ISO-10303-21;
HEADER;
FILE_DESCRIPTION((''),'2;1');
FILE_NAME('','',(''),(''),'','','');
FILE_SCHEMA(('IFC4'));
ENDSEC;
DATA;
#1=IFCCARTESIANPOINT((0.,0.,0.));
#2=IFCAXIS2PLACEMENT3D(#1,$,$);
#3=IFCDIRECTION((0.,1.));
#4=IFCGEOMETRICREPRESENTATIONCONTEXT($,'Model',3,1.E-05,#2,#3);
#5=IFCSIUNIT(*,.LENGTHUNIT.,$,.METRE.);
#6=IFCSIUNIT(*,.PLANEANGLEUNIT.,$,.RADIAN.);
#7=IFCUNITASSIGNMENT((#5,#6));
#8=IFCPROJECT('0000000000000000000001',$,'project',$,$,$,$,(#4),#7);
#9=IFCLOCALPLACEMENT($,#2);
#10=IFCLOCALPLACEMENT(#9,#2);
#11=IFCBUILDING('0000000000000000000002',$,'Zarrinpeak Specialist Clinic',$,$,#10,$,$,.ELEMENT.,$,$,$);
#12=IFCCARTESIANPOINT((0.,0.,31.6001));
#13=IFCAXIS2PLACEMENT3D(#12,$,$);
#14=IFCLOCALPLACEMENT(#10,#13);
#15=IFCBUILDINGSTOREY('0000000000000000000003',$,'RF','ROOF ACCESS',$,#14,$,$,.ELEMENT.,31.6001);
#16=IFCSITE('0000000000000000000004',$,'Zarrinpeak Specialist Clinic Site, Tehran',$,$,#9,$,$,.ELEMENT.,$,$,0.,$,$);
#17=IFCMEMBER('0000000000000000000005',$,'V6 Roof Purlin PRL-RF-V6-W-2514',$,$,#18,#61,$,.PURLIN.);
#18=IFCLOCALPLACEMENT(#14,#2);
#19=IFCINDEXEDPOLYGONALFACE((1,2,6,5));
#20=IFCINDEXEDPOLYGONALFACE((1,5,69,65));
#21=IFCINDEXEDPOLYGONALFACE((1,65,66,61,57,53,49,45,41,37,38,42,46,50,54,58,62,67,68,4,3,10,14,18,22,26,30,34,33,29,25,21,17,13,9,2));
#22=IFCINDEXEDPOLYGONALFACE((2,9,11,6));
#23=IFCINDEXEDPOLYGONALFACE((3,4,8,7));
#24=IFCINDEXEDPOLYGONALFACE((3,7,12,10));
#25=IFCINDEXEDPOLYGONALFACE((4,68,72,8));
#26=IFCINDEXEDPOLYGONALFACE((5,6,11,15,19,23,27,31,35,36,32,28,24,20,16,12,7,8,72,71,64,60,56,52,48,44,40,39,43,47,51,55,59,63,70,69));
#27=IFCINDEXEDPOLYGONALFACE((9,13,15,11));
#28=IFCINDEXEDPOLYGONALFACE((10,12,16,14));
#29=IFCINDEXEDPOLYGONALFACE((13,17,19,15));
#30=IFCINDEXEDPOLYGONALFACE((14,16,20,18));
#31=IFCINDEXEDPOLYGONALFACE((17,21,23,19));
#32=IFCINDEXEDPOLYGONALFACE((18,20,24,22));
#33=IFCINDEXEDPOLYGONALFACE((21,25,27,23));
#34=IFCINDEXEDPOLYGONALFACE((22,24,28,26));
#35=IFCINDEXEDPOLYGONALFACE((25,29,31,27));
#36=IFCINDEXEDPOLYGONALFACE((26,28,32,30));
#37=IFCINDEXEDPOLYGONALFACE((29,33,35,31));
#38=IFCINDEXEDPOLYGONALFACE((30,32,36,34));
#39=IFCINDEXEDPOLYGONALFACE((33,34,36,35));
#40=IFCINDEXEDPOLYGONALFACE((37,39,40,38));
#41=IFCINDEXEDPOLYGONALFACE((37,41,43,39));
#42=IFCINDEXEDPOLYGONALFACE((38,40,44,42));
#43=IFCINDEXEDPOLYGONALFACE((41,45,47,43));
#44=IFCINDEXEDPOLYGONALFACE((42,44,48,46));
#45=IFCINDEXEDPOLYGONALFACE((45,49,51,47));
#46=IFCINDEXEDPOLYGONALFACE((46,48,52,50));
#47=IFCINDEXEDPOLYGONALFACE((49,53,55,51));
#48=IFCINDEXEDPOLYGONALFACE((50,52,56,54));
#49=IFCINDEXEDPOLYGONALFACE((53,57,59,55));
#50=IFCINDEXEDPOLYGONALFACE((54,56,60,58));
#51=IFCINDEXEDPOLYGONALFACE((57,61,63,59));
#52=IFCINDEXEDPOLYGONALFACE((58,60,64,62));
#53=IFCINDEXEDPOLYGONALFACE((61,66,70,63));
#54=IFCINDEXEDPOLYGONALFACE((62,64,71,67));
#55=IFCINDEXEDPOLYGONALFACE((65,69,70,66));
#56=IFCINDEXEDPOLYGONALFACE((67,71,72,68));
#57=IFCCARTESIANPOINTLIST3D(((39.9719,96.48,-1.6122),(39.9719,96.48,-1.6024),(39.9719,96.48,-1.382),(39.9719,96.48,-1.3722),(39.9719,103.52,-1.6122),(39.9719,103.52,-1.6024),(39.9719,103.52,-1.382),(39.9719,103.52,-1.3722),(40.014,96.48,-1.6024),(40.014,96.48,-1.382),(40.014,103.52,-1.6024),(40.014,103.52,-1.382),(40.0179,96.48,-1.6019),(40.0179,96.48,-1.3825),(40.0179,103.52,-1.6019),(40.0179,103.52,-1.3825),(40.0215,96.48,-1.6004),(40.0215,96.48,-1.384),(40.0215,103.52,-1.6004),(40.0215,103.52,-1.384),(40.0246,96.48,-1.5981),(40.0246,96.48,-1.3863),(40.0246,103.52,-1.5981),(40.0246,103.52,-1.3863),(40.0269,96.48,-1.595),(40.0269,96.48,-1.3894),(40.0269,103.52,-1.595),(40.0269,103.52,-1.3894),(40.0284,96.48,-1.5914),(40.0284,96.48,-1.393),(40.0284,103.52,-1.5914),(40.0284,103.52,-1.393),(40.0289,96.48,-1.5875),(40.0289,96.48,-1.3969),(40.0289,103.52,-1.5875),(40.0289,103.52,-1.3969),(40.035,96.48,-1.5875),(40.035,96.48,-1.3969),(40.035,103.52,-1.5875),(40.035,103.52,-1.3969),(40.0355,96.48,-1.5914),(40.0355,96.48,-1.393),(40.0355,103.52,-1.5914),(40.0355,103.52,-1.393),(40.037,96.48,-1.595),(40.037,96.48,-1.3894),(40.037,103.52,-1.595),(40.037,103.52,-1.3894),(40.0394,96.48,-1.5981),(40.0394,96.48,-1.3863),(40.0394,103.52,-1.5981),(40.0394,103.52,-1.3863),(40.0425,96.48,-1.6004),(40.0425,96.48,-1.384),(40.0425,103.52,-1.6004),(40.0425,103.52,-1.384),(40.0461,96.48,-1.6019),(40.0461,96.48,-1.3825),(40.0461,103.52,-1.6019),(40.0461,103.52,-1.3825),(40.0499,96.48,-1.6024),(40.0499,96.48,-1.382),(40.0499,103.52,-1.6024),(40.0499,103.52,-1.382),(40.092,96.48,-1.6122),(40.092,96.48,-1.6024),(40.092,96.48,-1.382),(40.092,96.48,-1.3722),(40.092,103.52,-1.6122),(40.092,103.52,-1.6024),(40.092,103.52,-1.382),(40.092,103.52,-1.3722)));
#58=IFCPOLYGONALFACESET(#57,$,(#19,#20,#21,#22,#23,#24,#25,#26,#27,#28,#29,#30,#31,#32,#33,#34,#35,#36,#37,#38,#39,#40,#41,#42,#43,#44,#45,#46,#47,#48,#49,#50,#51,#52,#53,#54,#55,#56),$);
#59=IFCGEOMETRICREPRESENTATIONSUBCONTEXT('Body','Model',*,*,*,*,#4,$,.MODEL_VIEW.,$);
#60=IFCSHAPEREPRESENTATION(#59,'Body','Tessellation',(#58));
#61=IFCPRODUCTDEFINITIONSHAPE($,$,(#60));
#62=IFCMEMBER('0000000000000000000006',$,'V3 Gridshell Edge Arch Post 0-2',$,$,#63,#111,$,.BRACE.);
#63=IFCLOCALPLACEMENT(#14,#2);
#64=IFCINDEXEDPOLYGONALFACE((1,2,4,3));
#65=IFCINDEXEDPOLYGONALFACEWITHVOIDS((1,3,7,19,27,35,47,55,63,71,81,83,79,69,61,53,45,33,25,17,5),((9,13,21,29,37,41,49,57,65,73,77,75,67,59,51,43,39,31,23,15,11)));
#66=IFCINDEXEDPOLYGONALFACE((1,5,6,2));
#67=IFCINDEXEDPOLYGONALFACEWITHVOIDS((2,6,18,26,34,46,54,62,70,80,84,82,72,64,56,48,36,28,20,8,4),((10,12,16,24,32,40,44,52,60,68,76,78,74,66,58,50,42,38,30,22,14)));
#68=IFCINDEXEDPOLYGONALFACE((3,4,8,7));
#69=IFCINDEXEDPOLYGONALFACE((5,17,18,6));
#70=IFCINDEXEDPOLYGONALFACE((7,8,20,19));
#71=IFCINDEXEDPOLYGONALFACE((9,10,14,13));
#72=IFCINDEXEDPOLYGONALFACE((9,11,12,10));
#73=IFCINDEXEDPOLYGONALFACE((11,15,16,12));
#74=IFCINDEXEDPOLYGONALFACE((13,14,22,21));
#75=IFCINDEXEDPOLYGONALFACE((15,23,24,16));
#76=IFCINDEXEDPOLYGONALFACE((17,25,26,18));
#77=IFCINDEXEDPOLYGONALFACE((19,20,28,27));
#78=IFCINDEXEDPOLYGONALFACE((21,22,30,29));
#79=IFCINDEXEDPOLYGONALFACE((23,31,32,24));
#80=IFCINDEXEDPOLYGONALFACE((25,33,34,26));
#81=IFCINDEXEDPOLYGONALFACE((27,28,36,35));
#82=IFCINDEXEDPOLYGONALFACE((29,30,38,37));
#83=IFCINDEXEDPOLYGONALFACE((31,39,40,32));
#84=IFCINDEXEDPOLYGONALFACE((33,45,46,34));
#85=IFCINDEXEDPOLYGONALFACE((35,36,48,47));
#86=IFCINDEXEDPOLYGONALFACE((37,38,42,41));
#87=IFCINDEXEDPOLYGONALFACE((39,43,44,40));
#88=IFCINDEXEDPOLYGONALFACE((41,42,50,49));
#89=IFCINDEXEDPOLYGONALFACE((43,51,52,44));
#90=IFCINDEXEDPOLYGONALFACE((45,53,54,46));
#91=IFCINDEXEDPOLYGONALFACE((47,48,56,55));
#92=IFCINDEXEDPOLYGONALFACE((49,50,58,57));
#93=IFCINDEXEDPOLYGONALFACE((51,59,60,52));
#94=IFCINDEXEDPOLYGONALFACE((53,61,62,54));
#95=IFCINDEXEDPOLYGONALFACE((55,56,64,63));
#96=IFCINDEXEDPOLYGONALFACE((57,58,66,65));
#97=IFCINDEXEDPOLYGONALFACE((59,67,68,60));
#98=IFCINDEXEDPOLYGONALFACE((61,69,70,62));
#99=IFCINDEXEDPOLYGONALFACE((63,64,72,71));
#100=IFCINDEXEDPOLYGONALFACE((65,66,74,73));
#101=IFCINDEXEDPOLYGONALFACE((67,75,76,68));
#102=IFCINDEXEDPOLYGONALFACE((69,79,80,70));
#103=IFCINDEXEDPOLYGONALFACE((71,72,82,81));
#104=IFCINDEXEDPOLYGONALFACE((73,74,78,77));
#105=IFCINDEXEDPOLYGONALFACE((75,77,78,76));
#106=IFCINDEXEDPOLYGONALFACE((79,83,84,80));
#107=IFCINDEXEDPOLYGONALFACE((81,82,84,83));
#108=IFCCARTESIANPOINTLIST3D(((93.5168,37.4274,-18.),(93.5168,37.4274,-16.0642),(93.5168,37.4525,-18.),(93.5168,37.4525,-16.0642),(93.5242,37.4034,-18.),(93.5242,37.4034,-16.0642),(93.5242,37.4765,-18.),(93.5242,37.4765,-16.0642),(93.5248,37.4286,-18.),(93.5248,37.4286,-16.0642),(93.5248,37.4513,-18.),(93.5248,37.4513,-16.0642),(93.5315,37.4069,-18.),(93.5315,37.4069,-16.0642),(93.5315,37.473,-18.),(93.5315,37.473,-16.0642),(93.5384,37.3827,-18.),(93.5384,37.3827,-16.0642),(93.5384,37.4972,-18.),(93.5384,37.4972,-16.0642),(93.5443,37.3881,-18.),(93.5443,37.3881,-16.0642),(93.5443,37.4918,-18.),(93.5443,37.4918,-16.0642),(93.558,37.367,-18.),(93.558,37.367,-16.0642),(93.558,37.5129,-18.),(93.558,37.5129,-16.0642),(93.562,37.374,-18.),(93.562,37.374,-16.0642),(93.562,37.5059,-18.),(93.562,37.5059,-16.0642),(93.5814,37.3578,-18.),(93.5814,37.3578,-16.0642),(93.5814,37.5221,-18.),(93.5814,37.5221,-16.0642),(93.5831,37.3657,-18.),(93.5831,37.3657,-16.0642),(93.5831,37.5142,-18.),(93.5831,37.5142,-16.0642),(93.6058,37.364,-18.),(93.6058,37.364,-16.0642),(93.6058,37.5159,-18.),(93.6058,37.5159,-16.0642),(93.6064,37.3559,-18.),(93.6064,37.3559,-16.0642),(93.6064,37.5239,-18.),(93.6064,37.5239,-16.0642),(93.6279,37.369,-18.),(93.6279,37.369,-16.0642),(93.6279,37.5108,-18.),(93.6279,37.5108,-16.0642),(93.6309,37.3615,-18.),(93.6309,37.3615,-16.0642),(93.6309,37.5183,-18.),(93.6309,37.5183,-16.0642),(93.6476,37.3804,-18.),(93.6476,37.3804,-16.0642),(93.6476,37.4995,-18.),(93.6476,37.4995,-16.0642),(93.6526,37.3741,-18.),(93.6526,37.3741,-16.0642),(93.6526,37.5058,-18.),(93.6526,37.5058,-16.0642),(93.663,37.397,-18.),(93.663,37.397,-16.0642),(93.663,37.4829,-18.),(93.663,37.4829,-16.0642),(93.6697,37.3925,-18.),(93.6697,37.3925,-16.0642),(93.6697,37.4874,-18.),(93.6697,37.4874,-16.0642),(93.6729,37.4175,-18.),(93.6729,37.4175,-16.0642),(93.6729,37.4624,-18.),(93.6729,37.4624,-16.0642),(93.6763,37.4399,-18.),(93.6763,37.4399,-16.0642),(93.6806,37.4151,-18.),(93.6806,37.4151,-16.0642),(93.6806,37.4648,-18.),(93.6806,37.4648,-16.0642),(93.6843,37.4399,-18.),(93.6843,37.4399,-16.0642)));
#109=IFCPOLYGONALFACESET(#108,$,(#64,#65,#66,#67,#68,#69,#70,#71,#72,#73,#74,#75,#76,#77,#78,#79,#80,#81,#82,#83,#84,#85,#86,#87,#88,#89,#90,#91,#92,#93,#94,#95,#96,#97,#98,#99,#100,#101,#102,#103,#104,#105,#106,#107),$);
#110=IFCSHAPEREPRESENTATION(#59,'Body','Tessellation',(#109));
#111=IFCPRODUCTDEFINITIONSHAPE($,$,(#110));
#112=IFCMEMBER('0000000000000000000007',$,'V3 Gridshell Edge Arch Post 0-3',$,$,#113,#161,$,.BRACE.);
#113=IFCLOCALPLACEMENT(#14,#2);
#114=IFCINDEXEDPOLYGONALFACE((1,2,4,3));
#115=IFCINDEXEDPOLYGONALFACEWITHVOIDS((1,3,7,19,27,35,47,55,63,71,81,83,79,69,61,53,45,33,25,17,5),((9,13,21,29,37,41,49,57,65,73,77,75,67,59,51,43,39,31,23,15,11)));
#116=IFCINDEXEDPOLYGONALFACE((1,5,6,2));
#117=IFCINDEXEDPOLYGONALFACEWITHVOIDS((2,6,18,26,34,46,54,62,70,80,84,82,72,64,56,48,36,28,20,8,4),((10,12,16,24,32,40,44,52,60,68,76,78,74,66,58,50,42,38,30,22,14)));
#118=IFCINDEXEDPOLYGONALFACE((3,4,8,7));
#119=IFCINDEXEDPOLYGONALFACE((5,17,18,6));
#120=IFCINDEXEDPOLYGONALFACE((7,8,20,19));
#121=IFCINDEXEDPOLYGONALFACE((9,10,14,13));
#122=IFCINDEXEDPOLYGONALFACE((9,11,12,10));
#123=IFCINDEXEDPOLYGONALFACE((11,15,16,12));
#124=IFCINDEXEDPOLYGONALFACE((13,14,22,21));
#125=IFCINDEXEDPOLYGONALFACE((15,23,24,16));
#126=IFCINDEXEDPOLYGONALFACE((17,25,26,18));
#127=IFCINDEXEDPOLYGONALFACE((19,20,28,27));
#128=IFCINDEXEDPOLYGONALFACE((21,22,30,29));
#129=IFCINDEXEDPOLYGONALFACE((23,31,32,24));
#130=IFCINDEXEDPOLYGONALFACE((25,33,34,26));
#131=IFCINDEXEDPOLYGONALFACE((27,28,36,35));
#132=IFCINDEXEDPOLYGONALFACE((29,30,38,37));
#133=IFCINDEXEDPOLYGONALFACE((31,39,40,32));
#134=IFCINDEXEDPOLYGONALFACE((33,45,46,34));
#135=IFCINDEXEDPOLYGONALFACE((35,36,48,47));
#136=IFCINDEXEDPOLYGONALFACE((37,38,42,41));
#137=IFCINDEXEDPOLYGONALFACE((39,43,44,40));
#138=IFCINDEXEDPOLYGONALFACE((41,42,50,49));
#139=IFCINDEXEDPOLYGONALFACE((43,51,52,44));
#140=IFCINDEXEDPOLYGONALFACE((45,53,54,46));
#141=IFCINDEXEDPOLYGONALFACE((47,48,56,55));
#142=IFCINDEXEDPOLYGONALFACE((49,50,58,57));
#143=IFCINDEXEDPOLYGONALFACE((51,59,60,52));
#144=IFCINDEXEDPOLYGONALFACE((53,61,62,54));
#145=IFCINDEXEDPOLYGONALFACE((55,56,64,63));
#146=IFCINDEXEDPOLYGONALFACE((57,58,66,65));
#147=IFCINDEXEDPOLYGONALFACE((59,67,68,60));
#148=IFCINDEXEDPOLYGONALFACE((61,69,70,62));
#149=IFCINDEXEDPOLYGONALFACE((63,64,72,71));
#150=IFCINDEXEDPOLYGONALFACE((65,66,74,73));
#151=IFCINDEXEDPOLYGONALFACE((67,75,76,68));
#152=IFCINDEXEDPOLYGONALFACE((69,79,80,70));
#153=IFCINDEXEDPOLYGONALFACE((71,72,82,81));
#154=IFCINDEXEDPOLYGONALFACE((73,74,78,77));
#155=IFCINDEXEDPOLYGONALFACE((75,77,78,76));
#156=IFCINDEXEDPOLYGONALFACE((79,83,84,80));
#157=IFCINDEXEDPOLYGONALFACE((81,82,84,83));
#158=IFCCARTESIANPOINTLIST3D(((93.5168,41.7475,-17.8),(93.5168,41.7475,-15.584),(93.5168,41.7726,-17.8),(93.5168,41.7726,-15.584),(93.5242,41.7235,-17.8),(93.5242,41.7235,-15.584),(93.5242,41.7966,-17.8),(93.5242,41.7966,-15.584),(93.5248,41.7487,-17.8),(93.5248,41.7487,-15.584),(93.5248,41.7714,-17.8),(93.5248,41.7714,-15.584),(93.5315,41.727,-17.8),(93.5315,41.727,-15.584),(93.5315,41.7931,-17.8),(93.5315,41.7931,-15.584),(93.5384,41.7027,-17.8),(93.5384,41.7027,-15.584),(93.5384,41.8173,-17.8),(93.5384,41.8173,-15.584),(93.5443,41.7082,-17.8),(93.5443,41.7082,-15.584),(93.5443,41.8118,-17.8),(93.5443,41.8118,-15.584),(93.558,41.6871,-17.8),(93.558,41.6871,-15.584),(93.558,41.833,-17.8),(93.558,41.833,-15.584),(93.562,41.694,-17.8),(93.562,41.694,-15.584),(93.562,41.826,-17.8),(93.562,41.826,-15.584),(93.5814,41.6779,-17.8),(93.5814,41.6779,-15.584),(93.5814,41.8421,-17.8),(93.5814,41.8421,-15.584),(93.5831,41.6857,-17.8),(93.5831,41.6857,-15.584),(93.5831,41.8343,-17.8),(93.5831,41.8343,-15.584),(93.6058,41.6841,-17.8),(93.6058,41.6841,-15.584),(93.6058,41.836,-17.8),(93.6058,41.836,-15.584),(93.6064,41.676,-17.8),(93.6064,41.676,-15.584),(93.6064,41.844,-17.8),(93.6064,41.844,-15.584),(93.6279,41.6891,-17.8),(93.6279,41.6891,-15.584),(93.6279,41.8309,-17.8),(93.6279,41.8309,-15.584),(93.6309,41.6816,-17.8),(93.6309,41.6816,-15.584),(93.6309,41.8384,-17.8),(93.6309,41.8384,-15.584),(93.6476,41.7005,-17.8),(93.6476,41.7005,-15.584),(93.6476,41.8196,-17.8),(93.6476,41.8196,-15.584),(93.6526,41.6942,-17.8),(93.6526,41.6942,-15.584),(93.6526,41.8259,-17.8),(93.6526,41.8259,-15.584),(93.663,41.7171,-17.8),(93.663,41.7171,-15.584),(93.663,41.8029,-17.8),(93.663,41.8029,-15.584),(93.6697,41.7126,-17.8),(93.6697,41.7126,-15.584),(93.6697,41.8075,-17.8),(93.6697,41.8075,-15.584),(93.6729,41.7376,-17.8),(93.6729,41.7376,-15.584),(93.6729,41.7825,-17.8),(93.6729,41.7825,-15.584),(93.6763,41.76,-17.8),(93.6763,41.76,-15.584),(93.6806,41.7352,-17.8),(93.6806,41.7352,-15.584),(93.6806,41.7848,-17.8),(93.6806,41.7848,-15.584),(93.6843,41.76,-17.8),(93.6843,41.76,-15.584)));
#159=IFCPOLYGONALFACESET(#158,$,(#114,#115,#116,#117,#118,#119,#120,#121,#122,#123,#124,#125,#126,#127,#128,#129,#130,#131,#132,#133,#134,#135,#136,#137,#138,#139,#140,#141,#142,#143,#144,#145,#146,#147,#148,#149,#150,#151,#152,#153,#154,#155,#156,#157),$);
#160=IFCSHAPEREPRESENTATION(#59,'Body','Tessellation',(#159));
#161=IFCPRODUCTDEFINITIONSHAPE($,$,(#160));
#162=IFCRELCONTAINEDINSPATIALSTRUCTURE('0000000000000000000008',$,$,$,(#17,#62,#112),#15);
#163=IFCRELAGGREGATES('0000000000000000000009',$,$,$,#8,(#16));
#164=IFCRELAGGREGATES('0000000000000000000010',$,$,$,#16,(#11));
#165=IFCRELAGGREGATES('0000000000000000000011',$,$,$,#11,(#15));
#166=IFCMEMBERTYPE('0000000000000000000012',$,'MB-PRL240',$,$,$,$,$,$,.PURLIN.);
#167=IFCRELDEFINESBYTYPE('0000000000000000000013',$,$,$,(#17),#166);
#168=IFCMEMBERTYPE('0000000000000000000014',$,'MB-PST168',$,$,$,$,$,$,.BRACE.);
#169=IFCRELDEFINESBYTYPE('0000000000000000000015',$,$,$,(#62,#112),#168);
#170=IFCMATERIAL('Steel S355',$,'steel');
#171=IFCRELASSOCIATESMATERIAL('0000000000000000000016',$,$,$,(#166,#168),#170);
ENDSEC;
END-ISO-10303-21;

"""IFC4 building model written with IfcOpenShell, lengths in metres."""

from ifc_helpers import new_model, si_unit, direction, frame, origin, origin_2d, place, context, subcontext, project, spatial, hollow_circle, i_section, extrude, material, material_profile, profile_set, type_object, element, save


model = new_model("IFC4")

# Units and contexts
model_context = context("Model", 3, precision=1e-05, world=origin(), true_north=direction((0.0, 1.0)))
body_context = subcontext(model_context, "Body", "Model", "MODEL_VIEW")
ifc_project = project(units=[si_unit("LENGTHUNIT", "METRE"), si_unit("PLANEANGLEUNIT", "RADIAN")], contexts=[model_context])

# Site, building, storey
site_placement = place(None, origin())
site = spatial("IfcSite", under=ifc_project, at=site_placement, Name="Zarrinpeak Specialist Clinic Site, Tehran", CompositionType="ELEMENT", RefElevation=0.0)
building_placement = place(site_placement, origin())
building = spatial("IfcBuilding", under=site, at=building_placement, Name="Zarrinpeak Specialist Clinic", CompositionType="ELEMENT")
storey_placement = place(building_placement, frame((0.0, 0.0, 31.6001)))
storey = spatial("IfcBuildingStorey", under=building, at=storey_placement, Name="RF", Description="ROOF ACCESS", CompositionType="ELEMENT", Elevation=31.6001)

# Shared definitions
ifc_material_1 = material(Name="Steel S355", Category="steel")

# Members
ifc_material_profile_1 = material_profile(ifc_material_1, i_section(OverallWidth=0.1201, OverallDepth=0.24, WebThickness=0.0061, FlangeThickness=0.0098, FilletRadius=0.0149, at=origin_2d()), Name="IPE 240")
ifc_profile_set_1 = profile_set([ifc_material_profile_1], Name="Steel S355")
member_type_1 = type_object("IfcMemberType", Name="MB-PRL240", PredefinedType="PURLIN", material=ifc_profile_set_1)
member_1_placement = place(storey_placement, frame((40.032, 96.48, -1.4922), z_axis=(0.0, 1.0, 0.0), x_axis=(-1.0, 0.0, 0.0)))
element("IfcMember", 1, at=member_1_placement, inside=storey, type_object=member_type_1, Name="V6 Roof Purlin PRL-RF-V6-W-2514", PredefinedType="PURLIN", context=body_context, shape_type="SweptSolid", body=[
    extrude(i_section(OverallWidth=0.1201, OverallDepth=0.24, WebThickness=0.0061, FlangeThickness=0.0098, FilletRadius=0.0149, at=origin_2d()), origin(), (0.0, 0.0, 1.0), 7.04),
])
ifc_material_profile_2 = material_profile(ifc_material_1, hollow_circle(Radius=0.0842, WallThickness=0.0081, at=origin_2d()), Name="CHS 168.3x8.0")
ifc_profile_set_2 = profile_set([ifc_material_profile_2], Name="Steel S355")
member_type_2 = type_object("IfcMemberType", Name="MB-PST168", PredefinedType="BRACE", material=ifc_profile_set_2)
member_2_placement = place(storey_placement, frame((93.6001, 37.4399, -18.0), z_axis=(0.0, 0.0, 1.0), x_axis=(1.0, 0.0, 0.0)))
element("IfcMember", 2, at=member_2_placement, inside=storey, type_object=member_type_2, Name="V3 Gridshell Edge Arch Post 0-2", PredefinedType="BRACE", context=body_context, shape_type="SweptSolid", body=[
    extrude(hollow_circle(Radius=0.0842, WallThickness=0.0081, at=origin_2d()), origin(), (0.0, 0.0, 1.0), 1.9358),
])
member_3_placement = place(storey_placement, frame((93.6001, 41.76, -17.8), z_axis=(0.0, 0.0, 1.0), x_axis=(1.0, 0.0, 0.0)))
element("IfcMember", 3, at=member_3_placement, inside=storey, type_object=member_type_2, Name="V3 Gridshell Edge Arch Post 0-3", PredefinedType="BRACE", context=body_context, shape_type="SweptSolid", body=[
    extrude(hollow_circle(Radius=0.0842, WallThickness=0.0081, at=origin_2d()), origin(), (0.0, 0.0, 1.0), 2.2161),
])

save(model, "model.ifc")
